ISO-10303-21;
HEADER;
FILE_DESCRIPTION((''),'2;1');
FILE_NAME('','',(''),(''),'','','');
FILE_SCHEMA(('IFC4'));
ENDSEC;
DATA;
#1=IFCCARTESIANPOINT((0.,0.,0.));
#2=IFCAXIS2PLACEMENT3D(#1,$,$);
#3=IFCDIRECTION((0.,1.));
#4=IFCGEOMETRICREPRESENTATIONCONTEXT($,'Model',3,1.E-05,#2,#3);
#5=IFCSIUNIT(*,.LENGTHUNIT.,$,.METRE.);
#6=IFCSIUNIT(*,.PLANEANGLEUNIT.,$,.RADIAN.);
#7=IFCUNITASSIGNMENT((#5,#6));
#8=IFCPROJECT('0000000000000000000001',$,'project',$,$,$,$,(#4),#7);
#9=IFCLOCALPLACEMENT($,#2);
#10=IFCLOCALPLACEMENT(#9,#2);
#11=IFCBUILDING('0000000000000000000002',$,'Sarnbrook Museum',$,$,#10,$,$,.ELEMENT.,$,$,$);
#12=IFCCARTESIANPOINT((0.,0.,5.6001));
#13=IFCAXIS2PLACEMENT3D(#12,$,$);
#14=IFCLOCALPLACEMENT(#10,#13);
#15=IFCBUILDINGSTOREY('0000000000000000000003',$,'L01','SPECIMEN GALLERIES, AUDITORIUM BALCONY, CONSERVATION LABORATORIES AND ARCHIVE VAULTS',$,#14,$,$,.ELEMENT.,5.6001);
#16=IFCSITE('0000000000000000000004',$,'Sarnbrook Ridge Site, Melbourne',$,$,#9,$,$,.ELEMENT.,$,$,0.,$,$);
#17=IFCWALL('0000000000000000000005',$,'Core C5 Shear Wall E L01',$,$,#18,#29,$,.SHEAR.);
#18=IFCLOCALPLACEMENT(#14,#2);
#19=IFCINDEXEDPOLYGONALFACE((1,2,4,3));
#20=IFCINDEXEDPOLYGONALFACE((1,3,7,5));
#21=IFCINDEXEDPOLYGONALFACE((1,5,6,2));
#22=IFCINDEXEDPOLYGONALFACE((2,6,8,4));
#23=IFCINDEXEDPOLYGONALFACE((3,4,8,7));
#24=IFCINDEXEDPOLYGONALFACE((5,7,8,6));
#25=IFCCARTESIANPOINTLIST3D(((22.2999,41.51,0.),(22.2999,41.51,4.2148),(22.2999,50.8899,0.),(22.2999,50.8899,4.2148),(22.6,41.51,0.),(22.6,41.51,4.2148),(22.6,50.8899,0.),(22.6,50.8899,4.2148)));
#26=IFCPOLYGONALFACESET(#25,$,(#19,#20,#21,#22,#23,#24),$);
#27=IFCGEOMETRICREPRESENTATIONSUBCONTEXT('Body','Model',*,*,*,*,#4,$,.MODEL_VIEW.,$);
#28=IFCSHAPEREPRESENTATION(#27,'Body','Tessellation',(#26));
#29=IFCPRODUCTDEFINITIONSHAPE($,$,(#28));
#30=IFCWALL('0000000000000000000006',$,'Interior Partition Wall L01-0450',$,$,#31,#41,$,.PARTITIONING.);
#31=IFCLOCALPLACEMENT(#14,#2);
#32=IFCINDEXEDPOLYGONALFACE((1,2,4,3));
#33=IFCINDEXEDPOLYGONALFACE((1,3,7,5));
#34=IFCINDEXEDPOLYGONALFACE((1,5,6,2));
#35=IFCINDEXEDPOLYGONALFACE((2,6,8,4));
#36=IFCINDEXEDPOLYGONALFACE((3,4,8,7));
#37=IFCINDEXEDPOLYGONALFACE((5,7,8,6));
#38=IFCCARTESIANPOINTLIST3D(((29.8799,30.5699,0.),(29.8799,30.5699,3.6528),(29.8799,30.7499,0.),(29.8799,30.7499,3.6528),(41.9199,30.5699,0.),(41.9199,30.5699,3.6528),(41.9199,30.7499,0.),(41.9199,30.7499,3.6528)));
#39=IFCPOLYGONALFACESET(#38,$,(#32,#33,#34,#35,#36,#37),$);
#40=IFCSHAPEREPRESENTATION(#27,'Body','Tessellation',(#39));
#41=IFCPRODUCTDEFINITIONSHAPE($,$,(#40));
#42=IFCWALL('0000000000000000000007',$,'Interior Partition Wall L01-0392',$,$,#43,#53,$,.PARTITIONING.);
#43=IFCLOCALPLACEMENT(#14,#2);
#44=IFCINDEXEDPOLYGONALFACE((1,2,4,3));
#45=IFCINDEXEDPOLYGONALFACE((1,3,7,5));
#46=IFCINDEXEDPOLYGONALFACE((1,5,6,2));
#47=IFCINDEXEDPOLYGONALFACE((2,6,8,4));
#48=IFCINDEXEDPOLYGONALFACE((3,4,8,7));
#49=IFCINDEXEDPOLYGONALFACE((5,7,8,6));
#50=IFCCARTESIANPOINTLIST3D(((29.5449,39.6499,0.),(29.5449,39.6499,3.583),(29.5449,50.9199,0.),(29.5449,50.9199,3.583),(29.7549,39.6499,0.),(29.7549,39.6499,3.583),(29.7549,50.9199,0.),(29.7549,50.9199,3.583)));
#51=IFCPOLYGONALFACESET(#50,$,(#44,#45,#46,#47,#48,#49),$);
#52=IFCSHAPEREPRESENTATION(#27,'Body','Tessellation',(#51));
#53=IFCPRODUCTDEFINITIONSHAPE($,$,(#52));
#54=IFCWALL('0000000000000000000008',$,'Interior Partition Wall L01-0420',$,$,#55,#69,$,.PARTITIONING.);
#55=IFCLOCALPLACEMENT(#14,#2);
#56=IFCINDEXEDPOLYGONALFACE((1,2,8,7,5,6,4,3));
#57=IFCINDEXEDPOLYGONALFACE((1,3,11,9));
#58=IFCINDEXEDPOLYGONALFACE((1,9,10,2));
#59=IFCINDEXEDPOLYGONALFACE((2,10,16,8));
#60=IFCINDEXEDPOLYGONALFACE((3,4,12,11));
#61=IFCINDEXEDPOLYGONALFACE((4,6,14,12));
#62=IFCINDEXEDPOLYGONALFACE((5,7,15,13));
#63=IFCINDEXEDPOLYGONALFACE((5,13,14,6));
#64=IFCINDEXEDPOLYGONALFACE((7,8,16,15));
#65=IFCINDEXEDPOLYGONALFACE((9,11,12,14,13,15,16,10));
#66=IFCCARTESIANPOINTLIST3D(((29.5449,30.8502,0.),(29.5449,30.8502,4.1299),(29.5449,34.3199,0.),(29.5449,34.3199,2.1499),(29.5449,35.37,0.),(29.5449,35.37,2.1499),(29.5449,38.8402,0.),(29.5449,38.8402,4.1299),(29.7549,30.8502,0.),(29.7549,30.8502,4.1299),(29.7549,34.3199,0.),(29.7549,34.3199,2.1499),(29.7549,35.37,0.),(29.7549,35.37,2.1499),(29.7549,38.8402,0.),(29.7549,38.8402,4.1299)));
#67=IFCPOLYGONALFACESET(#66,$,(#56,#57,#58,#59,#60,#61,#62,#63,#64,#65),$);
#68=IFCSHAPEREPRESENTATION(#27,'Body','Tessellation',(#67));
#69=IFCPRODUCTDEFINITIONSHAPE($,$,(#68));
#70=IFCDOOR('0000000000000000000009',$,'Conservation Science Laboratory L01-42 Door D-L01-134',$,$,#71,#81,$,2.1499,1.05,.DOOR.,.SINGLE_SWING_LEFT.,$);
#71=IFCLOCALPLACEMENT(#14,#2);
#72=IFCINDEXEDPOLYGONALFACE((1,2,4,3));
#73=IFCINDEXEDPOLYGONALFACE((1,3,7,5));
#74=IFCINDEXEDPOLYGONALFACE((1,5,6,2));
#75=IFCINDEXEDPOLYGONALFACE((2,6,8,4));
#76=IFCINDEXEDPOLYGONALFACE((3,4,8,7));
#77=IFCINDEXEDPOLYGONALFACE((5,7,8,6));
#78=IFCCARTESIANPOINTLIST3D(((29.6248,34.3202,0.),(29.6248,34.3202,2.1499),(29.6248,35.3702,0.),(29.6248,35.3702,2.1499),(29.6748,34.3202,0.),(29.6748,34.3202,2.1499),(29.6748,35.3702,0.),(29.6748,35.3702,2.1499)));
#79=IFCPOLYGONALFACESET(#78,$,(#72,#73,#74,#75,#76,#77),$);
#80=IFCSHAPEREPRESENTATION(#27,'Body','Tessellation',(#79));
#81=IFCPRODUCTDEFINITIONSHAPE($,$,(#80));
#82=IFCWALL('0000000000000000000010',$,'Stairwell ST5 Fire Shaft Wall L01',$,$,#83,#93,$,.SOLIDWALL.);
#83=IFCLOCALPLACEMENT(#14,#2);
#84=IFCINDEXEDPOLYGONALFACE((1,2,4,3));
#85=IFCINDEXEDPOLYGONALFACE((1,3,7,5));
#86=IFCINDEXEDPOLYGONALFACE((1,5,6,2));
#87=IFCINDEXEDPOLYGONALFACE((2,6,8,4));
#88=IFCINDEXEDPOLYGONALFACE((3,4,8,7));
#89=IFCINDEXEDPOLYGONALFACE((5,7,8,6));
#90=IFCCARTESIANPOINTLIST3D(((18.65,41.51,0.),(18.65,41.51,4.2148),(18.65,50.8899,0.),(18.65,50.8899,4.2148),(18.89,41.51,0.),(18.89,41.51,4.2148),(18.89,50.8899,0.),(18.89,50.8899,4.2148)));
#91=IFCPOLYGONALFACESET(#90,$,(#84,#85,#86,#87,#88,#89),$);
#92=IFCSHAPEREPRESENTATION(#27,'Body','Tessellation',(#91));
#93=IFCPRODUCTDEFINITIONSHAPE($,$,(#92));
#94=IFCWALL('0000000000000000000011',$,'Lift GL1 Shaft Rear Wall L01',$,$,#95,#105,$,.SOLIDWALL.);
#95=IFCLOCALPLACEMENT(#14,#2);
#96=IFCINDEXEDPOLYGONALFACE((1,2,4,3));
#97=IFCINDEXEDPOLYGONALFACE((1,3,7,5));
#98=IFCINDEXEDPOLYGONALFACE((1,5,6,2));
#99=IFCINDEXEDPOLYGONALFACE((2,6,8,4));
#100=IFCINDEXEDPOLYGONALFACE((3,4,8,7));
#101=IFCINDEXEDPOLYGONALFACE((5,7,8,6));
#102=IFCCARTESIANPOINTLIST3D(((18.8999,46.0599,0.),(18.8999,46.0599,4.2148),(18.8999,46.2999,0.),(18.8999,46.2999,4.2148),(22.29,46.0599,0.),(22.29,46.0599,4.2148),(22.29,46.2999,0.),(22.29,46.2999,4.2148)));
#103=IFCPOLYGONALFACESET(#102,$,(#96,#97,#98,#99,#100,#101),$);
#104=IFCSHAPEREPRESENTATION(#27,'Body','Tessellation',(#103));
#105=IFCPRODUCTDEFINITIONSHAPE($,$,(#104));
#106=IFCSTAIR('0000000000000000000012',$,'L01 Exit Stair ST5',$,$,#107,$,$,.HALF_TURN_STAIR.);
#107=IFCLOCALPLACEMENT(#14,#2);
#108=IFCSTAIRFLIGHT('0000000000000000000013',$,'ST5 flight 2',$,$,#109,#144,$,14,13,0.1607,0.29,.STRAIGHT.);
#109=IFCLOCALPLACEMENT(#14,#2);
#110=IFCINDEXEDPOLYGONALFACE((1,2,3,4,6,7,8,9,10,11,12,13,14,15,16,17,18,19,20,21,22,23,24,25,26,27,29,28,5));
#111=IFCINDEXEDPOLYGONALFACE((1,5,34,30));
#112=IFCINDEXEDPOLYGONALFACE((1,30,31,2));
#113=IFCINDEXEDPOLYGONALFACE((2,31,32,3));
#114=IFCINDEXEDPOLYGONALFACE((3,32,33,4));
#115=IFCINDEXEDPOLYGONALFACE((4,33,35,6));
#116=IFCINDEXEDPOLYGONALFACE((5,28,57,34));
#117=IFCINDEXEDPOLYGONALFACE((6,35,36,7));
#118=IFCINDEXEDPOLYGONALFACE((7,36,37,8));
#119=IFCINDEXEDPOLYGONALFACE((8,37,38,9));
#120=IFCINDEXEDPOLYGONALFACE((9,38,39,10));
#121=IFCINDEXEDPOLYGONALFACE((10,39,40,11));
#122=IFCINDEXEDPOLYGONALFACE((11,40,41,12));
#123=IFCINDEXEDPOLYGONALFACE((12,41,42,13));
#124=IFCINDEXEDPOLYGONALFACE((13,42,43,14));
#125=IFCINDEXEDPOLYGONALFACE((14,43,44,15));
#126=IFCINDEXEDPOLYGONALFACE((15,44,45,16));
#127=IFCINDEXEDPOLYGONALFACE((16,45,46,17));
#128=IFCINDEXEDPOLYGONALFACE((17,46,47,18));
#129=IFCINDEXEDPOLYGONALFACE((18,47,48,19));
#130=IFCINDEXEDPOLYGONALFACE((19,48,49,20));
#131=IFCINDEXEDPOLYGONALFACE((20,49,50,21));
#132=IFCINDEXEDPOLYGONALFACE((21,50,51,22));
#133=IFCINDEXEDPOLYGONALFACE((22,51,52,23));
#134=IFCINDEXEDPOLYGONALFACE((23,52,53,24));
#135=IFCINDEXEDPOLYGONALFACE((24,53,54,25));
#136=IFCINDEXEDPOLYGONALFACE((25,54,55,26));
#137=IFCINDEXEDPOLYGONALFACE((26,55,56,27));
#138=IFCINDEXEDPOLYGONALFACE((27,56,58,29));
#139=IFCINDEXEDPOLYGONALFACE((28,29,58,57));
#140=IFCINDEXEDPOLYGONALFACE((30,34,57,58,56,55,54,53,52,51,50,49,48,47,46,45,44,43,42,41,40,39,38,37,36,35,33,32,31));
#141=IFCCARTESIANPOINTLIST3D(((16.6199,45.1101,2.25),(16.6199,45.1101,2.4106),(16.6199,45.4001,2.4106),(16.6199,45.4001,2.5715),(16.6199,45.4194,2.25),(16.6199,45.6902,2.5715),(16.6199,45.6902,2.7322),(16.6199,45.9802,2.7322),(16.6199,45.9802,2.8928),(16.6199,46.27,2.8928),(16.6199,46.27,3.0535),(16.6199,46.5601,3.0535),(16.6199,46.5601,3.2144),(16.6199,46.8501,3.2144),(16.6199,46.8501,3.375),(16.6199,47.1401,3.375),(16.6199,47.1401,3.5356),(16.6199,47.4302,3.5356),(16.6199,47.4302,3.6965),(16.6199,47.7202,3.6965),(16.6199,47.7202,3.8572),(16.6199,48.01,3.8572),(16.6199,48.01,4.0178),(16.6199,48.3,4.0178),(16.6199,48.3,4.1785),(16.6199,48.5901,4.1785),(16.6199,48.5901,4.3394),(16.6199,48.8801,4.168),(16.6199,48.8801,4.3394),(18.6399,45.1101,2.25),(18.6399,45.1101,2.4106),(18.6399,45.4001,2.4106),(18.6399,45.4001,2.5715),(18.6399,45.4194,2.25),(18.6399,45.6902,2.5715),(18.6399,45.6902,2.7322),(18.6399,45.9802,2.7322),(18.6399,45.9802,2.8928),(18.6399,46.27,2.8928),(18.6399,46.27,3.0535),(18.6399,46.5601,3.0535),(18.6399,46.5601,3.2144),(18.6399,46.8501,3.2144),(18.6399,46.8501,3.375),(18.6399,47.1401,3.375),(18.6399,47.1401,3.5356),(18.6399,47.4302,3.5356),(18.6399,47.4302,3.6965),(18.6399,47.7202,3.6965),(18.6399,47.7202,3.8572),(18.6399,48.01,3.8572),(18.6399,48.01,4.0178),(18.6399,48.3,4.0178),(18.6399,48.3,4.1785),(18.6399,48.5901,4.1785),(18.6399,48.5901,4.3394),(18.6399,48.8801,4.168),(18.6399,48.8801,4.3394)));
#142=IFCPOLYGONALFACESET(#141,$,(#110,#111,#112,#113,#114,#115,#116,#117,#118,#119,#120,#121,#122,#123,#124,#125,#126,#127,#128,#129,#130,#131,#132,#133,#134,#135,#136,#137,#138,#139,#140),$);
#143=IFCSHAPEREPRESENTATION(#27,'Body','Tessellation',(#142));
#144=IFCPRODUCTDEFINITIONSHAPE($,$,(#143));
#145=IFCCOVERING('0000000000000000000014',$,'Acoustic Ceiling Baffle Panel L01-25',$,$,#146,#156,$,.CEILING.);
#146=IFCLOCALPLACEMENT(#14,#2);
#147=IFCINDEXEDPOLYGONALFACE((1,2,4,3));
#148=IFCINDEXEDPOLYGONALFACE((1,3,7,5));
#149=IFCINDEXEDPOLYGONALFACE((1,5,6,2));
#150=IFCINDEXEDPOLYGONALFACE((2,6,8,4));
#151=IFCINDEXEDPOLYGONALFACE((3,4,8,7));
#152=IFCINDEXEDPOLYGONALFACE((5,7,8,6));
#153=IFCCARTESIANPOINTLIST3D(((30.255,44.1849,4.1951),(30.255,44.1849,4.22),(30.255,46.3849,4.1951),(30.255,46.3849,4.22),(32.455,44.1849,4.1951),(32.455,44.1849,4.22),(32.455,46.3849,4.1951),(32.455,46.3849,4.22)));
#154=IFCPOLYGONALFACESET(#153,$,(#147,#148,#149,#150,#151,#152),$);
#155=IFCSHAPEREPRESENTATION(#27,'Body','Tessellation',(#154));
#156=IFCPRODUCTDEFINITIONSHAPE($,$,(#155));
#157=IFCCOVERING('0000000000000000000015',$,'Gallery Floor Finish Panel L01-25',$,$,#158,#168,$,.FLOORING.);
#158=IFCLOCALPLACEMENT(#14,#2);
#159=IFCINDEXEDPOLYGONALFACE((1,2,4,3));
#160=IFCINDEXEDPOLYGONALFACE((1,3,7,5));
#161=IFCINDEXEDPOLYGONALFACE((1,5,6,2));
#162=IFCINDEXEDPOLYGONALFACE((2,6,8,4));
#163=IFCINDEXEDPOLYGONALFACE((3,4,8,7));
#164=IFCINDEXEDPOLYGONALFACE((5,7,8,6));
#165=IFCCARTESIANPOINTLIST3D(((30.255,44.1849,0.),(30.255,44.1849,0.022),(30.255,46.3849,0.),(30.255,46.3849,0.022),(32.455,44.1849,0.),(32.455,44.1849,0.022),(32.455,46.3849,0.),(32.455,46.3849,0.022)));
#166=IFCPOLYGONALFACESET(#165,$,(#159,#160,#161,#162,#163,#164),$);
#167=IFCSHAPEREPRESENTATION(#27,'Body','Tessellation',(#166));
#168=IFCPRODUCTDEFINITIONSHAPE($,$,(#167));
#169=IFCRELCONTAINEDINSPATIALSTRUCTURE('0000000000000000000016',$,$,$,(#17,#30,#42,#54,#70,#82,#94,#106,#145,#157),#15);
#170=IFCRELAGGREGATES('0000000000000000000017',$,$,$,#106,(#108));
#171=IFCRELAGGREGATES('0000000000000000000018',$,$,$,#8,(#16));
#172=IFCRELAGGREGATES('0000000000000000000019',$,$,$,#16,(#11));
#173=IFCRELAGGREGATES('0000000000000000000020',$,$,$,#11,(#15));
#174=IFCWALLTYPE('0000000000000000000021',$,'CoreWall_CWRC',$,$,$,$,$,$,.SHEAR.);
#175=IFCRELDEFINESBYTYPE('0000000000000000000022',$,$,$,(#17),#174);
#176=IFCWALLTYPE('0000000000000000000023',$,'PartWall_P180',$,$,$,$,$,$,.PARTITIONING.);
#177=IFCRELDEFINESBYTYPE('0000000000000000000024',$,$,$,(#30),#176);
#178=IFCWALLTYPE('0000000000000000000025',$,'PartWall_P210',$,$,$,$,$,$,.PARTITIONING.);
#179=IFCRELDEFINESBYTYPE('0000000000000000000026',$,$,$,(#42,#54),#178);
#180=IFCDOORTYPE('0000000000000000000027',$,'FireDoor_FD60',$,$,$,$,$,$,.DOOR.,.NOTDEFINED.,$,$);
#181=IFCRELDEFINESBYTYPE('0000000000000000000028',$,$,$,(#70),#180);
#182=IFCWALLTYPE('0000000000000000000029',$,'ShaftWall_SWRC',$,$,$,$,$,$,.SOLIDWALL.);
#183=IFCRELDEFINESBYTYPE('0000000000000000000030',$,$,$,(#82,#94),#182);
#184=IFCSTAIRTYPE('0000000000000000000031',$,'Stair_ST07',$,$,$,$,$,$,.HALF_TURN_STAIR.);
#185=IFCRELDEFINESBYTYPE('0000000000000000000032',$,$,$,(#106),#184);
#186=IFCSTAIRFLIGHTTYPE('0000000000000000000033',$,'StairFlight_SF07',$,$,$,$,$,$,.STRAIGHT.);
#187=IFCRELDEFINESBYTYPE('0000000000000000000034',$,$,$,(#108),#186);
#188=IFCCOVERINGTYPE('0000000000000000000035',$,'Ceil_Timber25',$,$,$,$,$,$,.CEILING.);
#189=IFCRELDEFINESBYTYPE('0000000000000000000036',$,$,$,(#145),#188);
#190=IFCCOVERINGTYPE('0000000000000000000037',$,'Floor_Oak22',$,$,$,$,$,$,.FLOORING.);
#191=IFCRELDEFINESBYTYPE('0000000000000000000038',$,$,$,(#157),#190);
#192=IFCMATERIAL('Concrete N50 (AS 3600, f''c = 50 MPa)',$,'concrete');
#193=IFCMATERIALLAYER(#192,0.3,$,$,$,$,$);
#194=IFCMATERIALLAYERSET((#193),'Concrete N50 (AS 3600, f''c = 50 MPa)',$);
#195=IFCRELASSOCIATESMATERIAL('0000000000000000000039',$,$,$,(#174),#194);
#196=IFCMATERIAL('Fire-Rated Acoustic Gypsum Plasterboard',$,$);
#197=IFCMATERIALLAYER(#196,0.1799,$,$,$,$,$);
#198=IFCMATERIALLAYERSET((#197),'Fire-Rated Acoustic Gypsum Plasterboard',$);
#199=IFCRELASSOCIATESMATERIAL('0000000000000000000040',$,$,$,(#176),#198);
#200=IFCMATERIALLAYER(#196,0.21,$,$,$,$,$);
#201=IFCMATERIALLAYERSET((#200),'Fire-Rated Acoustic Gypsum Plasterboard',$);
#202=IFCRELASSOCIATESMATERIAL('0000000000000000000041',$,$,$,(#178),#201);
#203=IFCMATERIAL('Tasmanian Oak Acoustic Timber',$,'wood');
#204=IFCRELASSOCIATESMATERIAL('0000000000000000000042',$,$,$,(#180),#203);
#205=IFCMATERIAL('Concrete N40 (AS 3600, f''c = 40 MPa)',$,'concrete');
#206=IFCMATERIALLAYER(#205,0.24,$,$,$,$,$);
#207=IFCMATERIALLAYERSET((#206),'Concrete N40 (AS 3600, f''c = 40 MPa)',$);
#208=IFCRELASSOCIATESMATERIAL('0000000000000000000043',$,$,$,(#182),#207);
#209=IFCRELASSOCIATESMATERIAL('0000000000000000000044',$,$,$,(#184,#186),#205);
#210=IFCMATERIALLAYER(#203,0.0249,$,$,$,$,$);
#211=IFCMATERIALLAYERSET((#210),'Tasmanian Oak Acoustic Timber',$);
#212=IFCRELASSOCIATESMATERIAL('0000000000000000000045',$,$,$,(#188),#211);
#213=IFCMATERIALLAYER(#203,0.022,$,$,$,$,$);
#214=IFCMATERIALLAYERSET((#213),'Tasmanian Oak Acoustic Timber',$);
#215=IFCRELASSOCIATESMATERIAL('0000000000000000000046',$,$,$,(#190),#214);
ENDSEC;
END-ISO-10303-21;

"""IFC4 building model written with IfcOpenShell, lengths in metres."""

from ifc_helpers import new_model, si_unit, direction, frame, frame_2d, origin, origin_2d, place, context, subcontext, project, spatial, polyline, rectangle, outline, extrude, material, layer, layer_set, type_object, element, fill, aggregate, save


model = new_model("IFC4")

# Units and contexts
model_context = context("Model", 3, precision=1e-05, world=origin(), true_north=direction((0.0, 1.0)))
body_context = subcontext(model_context, "Body", "Model", "MODEL_VIEW")
ifc_project = project(units=[si_unit("LENGTHUNIT", "METRE"), si_unit("PLANEANGLEUNIT", "RADIAN")], contexts=[model_context])

# Site, building, storey
site_placement = place(None, origin())
site = spatial("IfcSite", under=ifc_project, at=site_placement, Name="Sarnbrook Ridge Site, Melbourne", CompositionType="ELEMENT", RefElevation=0.0)
building_placement = place(site_placement, origin())
building = spatial("IfcBuilding", under=site, at=building_placement, Name="Sarnbrook Museum", CompositionType="ELEMENT")
storey_placement = place(building_placement, frame((0.0, 0.0, 5.6001)))
storey = spatial("IfcBuildingStorey", under=building, at=storey_placement, Name="L01", Description="SPECIMEN GALLERIES, AUDITORIUM BALCONY, CONSERVATION LABORATORIES AND ARCHIVE VAULTS", CompositionType="ELEMENT", Elevation=5.6001)

# Wall
ifc_material_1 = material(Name="Concrete N50 (AS 3600, f'c = 50 MPa)", Category="concrete")
ifc_layer_1 = layer(ifc_material_1, 0.3)
ifc_layer_set_1 = layer_set([ifc_layer_1], Name="Concrete N50 (AS 3600, f'c = 50 MPa)")
wall_type_1 = type_object("IfcWallType", Name="CoreWall_CWRC", PredefinedType="SHEAR", material=ifc_layer_set_1)
wall_1_placement = place(storey_placement, frame((22.45, 41.51, 0.0), z_axis=(0.0, 0.0, 1.0), x_axis=(0.0, 1.0, 0.0)))
element("IfcWall", 1, at=wall_1_placement, inside=storey, type_object=wall_type_1, Name="Core C5 Shear Wall E L01", PredefinedType="SHEAR", context=body_context, shape_type="SweptSolid", body=[
    extrude(rectangle(XDim=9.3799, YDim=0.3, at=frame_2d((4.6899, 0.0))), origin(), (0.0, 0.0, 1.0), 4.2148),
])

# Shared definitions
ifc_material_2 = material(Name="Concrete N40 (AS 3600, f'c = 40 MPa)", Category="concrete")

# Walls
ifc_material_3 = material(Name="Fire-Rated Acoustic Gypsum Plasterboard")
ifc_layer_2 = layer(ifc_material_3, 0.1799)
ifc_layer_set_2 = layer_set([ifc_layer_2], Name="Fire-Rated Acoustic Gypsum Plasterboard")
wall_type_2 = type_object("IfcWallType", Name="PartWall_P180", PredefinedType="PARTITIONING", material=ifc_layer_set_2)
wall_2_placement = place(storey_placement, frame((29.8799, 30.6599, 0.0), z_axis=(0.0, 0.0, 1.0), x_axis=(1.0, 0.0, 0.0)))
element("IfcWall", 2, at=wall_2_placement, inside=storey, type_object=wall_type_2, Name="Interior Partition Wall L01-0450", PredefinedType="PARTITIONING", context=body_context, shape_type="SweptSolid", body=[
    extrude(rectangle(XDim=12.04, YDim=0.1799, at=frame_2d((6.02, 0.0))), origin(), (0.0, 0.0, 1.0), 3.6528),
])
ifc_layer_3 = layer(ifc_material_3, 0.21)
ifc_layer_set_3 = layer_set([ifc_layer_3], Name="Fire-Rated Acoustic Gypsum Plasterboard")
wall_type_3 = type_object("IfcWallType", Name="PartWall_P210", PredefinedType="PARTITIONING", material=ifc_layer_set_3)
wall_3_placement = place(storey_placement, frame((29.6499, 39.6499, 0.0), z_axis=(0.0, 0.0, 1.0), x_axis=(0.0, 1.0, 0.0)))
element("IfcWall", 3, at=wall_3_placement, inside=storey, type_object=wall_type_3, Name="Interior Partition Wall L01-0392", PredefinedType="PARTITIONING", context=body_context, shape_type="SweptSolid", body=[
    extrude(rectangle(XDim=11.27, YDim=0.21, at=frame_2d((5.635, 0.0))), origin(), (0.0, 0.0, 1.0), 3.583),
])

# Wall, opening, door
wall_4_placement = place(storey_placement, frame((29.6499, 30.8501, 0.0), z_axis=(0.0, 0.0, 1.0), x_axis=(0.0, 1.0, 0.0)))
wall_4 = element("IfcWall", 4, at=wall_4_placement, inside=storey, type_object=wall_type_3, Name="Interior Partition Wall L01-0420", PredefinedType="PARTITIONING", context=body_context, shape_type="SweptSolid", body=[
    extrude(rectangle(XDim=7.99, YDim=0.21, at=frame_2d((3.9951, 0.0))), origin(), (0.0, 0.0, 1.0), 4.1299),
])
opening_1_placement = place(wall_4_placement, frame((3.47, 0.0, 0.0)))
opening_1 = element("IfcOpeningElement", 5, at=opening_1_placement, cuts=wall_4, PredefinedType="OPENING", context=body_context, shape_type="SweptSolid", body=[
    extrude(rectangle(XDim=1.05, YDim=2.1499, at=frame_2d((0.5249, 1.075))), frame((0.0, 0.115, 0.0), z_axis=(0.0, -1.0, 0.0), x_axis=(1.0, 0.0, 0.0)), (0.0, 0.0, 1.0), 0.23),
])
ifc_material_4 = material(Name="Tasmanian Oak Acoustic Timber", Category="wood")
door_type_1 = type_object("IfcDoorType", Name="FireDoor_FD60", OperationType="NOTDEFINED", PredefinedType="DOOR", material=ifc_material_4)
door_1_placement = place(opening_1_placement, frame((1.05, 0.0, 0.0), z_axis=(0.0, 0.0, 1.0), x_axis=(-1.0, 0.0, 0.0)))
door_1 = element("IfcDoor", 6, at=door_1_placement, inside=storey, type_object=door_type_1, Name="Conservation Science Laboratory L01-42 Door D-L01-134", OperationType="SINGLE_SWING_LEFT", OverallHeight=2.1499, OverallWidth=1.05, PredefinedType="DOOR", context=body_context, shape_type="SweptSolid", body=[
    extrude(rectangle(XDim=1.05, YDim=2.1499, at=frame_2d((0.5249, 1.075))), frame((0.0, 0.0249, 0.0), z_axis=(0.0, -1.0, 0.0), x_axis=(1.0, 0.0, 0.0)), (0.0, 0.0, 1.0), 0.05),
])
fill(opening_1, door_1)

# Walls
ifc_layer_4 = layer(ifc_material_2, 0.24)
ifc_layer_set_4 = layer_set([ifc_layer_4], Name="Concrete N40 (AS 3600, f'c = 40 MPa)")
wall_type_4 = type_object("IfcWallType", Name="ShaftWall_SWRC", PredefinedType="SOLIDWALL", material=ifc_layer_set_4)
wall_5_placement = place(storey_placement, frame((18.77, 41.51, 0.0), z_axis=(0.0, 0.0, 1.0), x_axis=(0.0, 1.0, 0.0)))
element("IfcWall", 7, at=wall_5_placement, inside=storey, type_object=wall_type_4, Name="Stairwell ST5 Fire Shaft Wall L01", PredefinedType="SOLIDWALL", context=body_context, shape_type="SweptSolid", body=[
    extrude(rectangle(XDim=9.3799, YDim=0.24, at=frame_2d((4.6899, 0.0))), origin(), (0.0, 0.0, 1.0), 4.2148),
])
wall_6_placement = place(storey_placement, frame((18.8999, 46.1799, 0.0), z_axis=(0.0, 0.0, 1.0), x_axis=(1.0, 0.0, 0.0)))
element("IfcWall", 8, at=wall_6_placement, inside=storey, type_object=wall_type_4, Name="Lift GL1 Shaft Rear Wall L01", PredefinedType="SOLIDWALL", context=body_context, shape_type="SweptSolid", body=[
    extrude(rectangle(XDim=3.3901, YDim=0.24, at=frame_2d((1.6951, 0.0))), origin(), (0.0, 0.0, 1.0), 4.2148),
])

# Stair, stair flight
stair_type = type_object("IfcStairType", Name="Stair_ST07", PredefinedType="HALF_TURN_STAIR", material=ifc_material_2)
stair_placement = place(storey_placement, origin())
stair = element("IfcStair", 9, at=stair_placement, inside=storey, type_object=stair_type, Name="L01 Exit Stair ST5", PredefinedType="HALF_TURN_STAIR")
stair_flight_type = type_object("IfcStairFlightType", Name="StairFlight_SF07", PredefinedType="STRAIGHT", material=ifc_material_2)
stair_flight_placement = place(storey_placement, frame((17.6299, 45.1101, 2.25), z_axis=(0.0, 0.0, 1.0), x_axis=(0.0, 1.0, 0.0)))
stair_flight = element("IfcStairFlight", 10, at=stair_flight_placement, type_object=stair_flight_type, Name="ST5 flight 2", NumberOfRisers=14, NumberOfTreads=13, PredefinedType="STRAIGHT", RiserHeight=0.1607, TreadLength=0.29, context=body_context, shape_type="SweptSolid", body=[
    extrude(outline(polyline([(0.0, 0.0), (0.0, 0.1606), (0.29, 0.1606), (0.29, 0.3215), (0.5801, 0.3215), (0.5801, 0.4822), (0.8701, 0.4822), (0.8701, 0.6428), (1.1599, 0.6428), (1.1599, 0.8035), (1.45, 0.8035), (1.45, 0.9644), (1.74, 0.9644), (1.74, 1.125), (2.03, 1.125), (2.03, 1.2856), (2.3201, 1.2856), (2.3201, 1.4465), (2.6101, 1.4465), (2.6101, 1.6072), (2.8999, 1.6072), (2.8999, 1.7678), (3.1899, 1.7678), (3.1899, 1.9285), (3.48, 1.9285), (3.48, 2.0894), (3.77, 2.0894), (3.77, 2.25), (3.77, 1.918), (0.3093, 0.0), (0.0, 0.0)])), frame((0.0, 1.01, 0.0), z_axis=(0.0, -1.0, 0.0), x_axis=(1.0, 0.0, 0.0)), (0.0, 0.0, 1.0), 2.02),
])
aggregate(stair, [stair_flight])

# Coverings
ifc_layer_5 = layer(ifc_material_4, 0.0249)
ifc_layer_set_5 = layer_set([ifc_layer_5], Name="Tasmanian Oak Acoustic Timber")
covering_type_1 = type_object("IfcCoveringType", Name="Ceil_Timber25", PredefinedType="CEILING", material=ifc_layer_set_5)
covering_1_placement = place(storey_placement, frame((31.355, 45.2849, 4.1951), z_axis=(0.0, 0.0, 1.0), x_axis=(1.0, 0.0, 0.0)))
element("IfcCovering", 11, at=covering_1_placement, inside=storey, type_object=covering_type_1, Name="Acoustic Ceiling Baffle Panel L01-25", PredefinedType="CEILING", context=body_context, shape_type="SweptSolid", body=[
    extrude(rectangle(XDim=2.2, YDim=2.2, at=origin_2d()), origin(), (0.0, 0.0, 1.0), 0.0249),
])
ifc_layer_6 = layer(ifc_material_4, 0.022)
ifc_layer_set_6 = layer_set([ifc_layer_6], Name="Tasmanian Oak Acoustic Timber")
covering_type_2 = type_object("IfcCoveringType", Name="Floor_Oak22", PredefinedType="FLOORING", material=ifc_layer_set_6)
covering_2_placement = place(storey_placement, frame((31.355, 45.2849, 0.0), z_axis=(0.0, 0.0, 1.0), x_axis=(1.0, 0.0, 0.0)))
element("IfcCovering", 12, at=covering_2_placement, inside=storey, type_object=covering_type_2, Name="Gallery Floor Finish Panel L01-25", PredefinedType="FLOORING", context=body_context, shape_type="SweptSolid", body=[
    extrude(rectangle(XDim=2.2, YDim=2.2, at=origin_2d()), origin(), (0.0, 0.0, 1.0), 0.022),
])

save(model, "model.ifc")
